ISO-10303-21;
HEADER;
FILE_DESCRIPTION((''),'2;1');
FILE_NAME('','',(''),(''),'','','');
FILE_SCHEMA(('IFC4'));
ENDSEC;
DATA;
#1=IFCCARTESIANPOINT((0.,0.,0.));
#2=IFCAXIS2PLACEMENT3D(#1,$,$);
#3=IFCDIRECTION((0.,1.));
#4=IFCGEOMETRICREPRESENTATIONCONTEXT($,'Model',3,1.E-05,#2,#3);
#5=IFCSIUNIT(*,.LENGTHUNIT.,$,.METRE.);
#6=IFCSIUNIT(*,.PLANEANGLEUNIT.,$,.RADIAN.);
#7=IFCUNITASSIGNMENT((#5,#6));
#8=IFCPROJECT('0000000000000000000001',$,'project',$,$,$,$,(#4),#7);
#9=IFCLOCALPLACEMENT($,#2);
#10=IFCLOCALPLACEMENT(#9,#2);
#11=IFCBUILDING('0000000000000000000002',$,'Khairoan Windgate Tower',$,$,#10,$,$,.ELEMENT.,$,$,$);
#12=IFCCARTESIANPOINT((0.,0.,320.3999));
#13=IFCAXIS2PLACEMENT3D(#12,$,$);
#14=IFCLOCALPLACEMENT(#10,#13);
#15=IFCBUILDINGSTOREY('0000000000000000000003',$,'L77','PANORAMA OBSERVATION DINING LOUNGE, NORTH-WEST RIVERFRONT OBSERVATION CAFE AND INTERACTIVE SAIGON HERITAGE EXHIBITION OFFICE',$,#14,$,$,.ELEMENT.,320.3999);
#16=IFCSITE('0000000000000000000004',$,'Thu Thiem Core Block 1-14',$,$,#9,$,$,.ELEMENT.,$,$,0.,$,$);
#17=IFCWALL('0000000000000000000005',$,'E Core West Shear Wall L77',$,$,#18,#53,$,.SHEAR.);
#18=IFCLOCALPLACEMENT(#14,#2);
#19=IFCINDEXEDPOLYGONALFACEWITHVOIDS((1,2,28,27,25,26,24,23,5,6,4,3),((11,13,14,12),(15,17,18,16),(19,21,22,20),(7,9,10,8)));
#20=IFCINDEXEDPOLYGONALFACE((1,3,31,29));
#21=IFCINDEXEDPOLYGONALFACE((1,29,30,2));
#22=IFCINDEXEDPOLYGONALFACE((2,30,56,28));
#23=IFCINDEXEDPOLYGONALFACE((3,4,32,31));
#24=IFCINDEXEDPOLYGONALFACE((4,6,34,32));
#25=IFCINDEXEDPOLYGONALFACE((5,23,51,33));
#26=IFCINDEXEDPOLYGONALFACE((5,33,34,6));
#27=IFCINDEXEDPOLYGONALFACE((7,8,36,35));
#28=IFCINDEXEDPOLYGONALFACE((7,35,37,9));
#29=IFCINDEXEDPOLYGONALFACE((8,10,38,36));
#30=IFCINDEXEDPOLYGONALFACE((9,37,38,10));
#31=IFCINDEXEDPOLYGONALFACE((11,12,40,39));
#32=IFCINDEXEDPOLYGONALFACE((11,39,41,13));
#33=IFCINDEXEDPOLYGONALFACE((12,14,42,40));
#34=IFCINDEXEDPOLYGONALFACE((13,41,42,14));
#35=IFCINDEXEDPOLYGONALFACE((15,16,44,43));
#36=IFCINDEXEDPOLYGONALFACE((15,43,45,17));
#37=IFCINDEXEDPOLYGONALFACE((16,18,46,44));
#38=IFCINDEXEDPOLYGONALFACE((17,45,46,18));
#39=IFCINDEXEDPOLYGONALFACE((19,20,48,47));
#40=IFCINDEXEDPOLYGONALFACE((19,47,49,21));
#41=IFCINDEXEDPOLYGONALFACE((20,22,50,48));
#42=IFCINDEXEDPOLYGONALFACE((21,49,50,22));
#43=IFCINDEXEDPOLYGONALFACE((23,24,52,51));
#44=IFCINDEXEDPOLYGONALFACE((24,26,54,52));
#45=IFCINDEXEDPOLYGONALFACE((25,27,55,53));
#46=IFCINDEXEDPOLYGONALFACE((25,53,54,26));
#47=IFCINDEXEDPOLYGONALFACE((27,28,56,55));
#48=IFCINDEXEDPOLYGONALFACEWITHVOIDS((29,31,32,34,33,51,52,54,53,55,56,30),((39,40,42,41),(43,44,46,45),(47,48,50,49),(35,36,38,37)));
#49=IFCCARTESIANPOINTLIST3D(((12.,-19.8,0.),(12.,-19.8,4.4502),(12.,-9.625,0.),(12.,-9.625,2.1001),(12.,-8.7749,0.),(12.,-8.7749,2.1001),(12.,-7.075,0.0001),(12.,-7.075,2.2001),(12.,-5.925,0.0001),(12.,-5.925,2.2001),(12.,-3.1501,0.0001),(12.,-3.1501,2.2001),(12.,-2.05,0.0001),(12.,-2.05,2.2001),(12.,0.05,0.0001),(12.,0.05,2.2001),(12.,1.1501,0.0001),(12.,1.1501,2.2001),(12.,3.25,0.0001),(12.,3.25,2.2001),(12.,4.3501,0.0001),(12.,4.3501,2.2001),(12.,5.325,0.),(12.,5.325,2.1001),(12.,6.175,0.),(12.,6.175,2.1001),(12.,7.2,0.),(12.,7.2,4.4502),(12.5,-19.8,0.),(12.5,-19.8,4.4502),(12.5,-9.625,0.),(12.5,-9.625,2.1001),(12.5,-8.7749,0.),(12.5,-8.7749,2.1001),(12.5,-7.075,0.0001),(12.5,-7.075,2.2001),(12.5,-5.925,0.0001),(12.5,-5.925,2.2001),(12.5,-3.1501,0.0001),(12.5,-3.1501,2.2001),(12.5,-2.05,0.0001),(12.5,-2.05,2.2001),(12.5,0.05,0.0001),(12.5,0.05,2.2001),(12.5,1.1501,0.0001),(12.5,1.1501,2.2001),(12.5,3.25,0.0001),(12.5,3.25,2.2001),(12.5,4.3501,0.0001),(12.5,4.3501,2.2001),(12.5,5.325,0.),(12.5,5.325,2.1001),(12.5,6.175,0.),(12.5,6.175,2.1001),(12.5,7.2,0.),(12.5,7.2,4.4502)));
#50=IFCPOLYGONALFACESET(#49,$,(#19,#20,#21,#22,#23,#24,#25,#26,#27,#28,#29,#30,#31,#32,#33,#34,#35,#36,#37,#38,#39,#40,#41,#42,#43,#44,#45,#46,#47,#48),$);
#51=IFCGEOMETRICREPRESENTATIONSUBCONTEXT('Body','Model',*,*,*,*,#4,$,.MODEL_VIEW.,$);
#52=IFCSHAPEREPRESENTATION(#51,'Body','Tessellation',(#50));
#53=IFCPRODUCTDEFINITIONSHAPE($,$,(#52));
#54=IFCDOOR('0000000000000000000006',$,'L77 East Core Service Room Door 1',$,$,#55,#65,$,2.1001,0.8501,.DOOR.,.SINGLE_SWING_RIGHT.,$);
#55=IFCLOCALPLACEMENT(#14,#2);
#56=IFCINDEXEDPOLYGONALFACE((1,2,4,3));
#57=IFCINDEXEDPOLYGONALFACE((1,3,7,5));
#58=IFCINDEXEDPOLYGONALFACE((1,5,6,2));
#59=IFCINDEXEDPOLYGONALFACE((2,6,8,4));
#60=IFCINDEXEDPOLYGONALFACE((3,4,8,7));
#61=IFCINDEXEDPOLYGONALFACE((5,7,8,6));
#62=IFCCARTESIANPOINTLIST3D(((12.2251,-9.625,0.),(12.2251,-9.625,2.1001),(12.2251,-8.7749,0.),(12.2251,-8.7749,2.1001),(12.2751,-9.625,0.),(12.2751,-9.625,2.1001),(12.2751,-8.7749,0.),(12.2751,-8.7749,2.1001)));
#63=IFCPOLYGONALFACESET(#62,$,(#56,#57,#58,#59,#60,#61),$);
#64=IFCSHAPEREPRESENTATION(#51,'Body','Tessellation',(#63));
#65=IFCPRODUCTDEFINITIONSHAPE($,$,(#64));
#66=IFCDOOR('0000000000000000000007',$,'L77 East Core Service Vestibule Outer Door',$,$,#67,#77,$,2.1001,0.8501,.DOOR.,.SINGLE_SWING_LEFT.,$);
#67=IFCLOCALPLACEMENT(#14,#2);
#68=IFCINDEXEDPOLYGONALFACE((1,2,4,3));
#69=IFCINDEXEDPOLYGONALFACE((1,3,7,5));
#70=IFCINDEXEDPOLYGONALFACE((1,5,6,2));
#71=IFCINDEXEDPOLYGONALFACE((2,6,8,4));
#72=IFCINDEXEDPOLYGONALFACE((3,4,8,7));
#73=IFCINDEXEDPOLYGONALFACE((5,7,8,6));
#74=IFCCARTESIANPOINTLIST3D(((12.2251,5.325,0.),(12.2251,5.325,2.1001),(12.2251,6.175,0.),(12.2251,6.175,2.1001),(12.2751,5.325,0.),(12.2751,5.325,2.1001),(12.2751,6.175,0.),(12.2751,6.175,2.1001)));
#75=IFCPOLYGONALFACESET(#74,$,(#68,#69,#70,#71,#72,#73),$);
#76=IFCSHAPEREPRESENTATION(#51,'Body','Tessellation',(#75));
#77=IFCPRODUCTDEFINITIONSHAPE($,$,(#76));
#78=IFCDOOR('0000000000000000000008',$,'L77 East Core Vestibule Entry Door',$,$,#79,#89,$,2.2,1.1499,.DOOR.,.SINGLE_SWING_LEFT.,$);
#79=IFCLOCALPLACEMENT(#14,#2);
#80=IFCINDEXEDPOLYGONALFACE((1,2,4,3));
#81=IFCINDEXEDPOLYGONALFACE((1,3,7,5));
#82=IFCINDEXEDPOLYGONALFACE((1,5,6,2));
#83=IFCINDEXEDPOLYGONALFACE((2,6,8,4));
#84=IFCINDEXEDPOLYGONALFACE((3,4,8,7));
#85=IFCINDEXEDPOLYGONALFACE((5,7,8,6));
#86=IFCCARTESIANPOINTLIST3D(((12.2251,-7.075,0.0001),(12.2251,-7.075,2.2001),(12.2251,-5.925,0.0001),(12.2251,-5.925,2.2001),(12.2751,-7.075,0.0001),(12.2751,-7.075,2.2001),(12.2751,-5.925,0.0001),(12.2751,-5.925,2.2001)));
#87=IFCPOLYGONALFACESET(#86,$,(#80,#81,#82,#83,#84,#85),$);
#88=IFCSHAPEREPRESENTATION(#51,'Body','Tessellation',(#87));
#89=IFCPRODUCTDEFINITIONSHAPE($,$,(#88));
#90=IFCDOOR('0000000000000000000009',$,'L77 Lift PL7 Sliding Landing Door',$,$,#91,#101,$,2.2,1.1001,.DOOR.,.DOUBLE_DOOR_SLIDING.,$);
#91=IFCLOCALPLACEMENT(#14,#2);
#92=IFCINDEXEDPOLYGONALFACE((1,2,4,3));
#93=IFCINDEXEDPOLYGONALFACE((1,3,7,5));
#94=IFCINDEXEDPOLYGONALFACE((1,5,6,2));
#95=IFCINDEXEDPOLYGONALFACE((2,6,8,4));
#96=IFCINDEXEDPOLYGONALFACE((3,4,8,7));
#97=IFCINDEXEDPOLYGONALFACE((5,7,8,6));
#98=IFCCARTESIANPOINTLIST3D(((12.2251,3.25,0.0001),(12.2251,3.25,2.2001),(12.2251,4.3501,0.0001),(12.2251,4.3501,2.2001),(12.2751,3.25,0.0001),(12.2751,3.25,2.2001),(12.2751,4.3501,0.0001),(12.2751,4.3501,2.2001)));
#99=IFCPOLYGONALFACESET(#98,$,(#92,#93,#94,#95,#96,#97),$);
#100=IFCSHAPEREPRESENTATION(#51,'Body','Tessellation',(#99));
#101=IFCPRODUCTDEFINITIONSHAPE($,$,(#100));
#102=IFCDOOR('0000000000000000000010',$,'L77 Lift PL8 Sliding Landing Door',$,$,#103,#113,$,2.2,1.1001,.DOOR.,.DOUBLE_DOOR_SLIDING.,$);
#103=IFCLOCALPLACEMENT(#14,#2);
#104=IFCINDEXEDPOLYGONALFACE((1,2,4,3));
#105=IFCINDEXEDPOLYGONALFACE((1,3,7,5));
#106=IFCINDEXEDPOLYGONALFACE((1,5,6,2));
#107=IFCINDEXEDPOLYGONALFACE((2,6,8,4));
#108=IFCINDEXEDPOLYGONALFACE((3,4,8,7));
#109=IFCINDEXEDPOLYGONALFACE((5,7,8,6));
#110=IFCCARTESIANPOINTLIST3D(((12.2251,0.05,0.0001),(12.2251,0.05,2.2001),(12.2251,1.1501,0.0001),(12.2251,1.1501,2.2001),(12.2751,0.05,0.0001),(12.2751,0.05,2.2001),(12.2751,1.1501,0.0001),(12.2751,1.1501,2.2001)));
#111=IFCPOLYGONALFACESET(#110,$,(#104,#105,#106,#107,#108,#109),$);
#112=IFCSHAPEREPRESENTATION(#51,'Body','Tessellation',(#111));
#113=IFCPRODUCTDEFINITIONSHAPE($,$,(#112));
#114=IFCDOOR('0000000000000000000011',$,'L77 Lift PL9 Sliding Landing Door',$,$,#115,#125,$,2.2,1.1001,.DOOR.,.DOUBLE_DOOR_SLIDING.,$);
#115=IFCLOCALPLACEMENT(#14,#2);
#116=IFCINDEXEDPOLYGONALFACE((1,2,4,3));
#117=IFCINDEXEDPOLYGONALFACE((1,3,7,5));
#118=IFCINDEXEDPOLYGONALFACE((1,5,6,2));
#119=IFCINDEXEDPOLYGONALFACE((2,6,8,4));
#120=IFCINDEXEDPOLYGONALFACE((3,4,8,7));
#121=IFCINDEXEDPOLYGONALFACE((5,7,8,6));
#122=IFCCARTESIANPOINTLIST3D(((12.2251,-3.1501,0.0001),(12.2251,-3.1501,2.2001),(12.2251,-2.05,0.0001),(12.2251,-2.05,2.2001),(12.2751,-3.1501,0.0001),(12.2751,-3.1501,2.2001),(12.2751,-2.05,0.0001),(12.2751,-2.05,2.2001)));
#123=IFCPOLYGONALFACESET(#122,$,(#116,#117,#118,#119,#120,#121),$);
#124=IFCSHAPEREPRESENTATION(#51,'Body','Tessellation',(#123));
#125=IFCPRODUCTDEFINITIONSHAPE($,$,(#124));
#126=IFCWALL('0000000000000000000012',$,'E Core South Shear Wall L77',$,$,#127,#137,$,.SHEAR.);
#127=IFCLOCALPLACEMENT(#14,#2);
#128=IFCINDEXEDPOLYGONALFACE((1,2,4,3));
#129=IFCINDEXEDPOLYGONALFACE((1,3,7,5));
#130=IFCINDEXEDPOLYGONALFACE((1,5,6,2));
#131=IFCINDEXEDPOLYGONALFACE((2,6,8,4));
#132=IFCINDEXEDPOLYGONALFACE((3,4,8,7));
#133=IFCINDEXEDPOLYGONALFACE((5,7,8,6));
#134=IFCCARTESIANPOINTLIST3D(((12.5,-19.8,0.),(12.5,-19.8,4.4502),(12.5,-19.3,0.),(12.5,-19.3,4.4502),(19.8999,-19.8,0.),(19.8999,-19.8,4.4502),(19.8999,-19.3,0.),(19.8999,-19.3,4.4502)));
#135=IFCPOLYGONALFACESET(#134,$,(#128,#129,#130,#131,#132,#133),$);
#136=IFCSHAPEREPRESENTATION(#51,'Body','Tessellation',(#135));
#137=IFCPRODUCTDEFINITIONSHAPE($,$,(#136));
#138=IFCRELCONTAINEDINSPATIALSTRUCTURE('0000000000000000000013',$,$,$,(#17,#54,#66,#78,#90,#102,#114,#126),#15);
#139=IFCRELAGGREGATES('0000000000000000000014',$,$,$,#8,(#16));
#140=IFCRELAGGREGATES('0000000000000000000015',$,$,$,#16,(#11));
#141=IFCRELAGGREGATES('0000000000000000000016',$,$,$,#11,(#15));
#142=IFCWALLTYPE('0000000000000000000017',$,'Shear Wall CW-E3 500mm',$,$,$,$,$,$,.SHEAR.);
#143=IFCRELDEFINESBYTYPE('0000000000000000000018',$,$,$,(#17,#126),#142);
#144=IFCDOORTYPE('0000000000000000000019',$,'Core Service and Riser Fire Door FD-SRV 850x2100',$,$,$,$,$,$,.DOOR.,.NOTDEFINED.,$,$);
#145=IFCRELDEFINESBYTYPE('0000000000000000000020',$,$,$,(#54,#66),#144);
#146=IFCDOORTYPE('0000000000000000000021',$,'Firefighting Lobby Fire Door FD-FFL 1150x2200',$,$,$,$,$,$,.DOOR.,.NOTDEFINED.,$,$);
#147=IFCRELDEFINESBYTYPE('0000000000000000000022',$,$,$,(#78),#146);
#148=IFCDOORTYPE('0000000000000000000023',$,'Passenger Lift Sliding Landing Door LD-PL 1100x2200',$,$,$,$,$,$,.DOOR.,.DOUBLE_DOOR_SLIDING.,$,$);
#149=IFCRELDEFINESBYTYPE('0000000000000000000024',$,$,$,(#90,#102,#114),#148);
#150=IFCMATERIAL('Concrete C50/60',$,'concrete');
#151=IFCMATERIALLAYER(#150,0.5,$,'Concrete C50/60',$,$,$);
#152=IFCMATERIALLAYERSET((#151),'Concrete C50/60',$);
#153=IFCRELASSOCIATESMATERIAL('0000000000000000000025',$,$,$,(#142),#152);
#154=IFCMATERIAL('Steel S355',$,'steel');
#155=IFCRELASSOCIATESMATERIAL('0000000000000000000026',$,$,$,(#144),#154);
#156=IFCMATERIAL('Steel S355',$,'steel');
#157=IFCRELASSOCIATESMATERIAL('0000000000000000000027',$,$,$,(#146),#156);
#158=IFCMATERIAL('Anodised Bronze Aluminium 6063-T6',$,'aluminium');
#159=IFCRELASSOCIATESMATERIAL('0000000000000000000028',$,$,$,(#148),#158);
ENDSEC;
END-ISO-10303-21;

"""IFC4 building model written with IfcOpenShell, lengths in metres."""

from ifc_helpers import new_model, si_unit, direction, frame, frame_2d, origin, place, context, subcontext, project, spatial, rectangle, extrude, material, layer, layer_set, type_object, element, fill, save


model = new_model("IFC4")

# Units and contexts
model_context = context("Model", 3, precision=1e-05, world=origin(), true_north=direction((0.0, 1.0)))
body_context = subcontext(model_context, "Body", "Model", "MODEL_VIEW")
ifc_project = project(units=[si_unit("LENGTHUNIT", "METRE"), si_unit("PLANEANGLEUNIT", "RADIAN")], contexts=[model_context])

# Site, building, storey
site_placement = place(None, origin())
site = spatial("IfcSite", under=ifc_project, at=site_placement, Name="Thu Thiem Core Block 1-14", CompositionType="ELEMENT", RefElevation=0.0)
building_placement = place(site_placement, origin())
building = spatial("IfcBuilding", under=site, at=building_placement, Name="Khairoan Windgate Tower", CompositionType="ELEMENT")
storey_placement = place(building_placement, frame((0.0, 0.0, 320.3999)))
storey = spatial("IfcBuildingStorey", under=building, at=storey_placement, Name="L77", Description="PANORAMA OBSERVATION DINING LOUNGE, NORTH-WEST RIVERFRONT OBSERVATION CAFE AND INTERACTIVE SAIGON HERITAGE EXHIBITION OFFICE", CompositionType="ELEMENT", Elevation=320.3999)

# Wall, openings, doors
ifc_material_1 = material(Name="Concrete C50/60", Category="concrete")
ifc_layer_1 = layer(ifc_material_1, 0.5, Name="Concrete C50/60")
ifc_layer_set_1 = layer_set([ifc_layer_1], Name="Concrete C50/60")
wall_type_1 = type_object("IfcWallType", Name="Shear Wall CW-E3 500mm", PredefinedType="SHEAR", material=ifc_layer_set_1)
wall_1_placement = place(storey_placement, frame((12.25, -19.8, 0.0), z_axis=(0.0, 0.0, 1.0), x_axis=(0.0, 1.0, 0.0)))
wall_1 = element("IfcWall", 1, at=wall_1_placement, inside=storey, type_object=wall_type_1, Name="E Core West Shear Wall L77", PredefinedType="SHEAR", context=body_context, shape_type="SweptSolid", body=[
    extrude(rectangle(XDim=27.0, YDim=0.5, at=frame_2d((13.5, 0.0))), origin(), (0.0, 0.0, 1.0), 4.4502),
])
opening_1_placement = place(wall_1_placement, frame((23.05, 0.0, 0.0)))
opening_1 = element("IfcOpeningElement", 2, at=opening_1_placement, cuts=wall_1, PredefinedType="OPENING", context=body_context, shape_type="SweptSolid", body=[
    extrude(rectangle(XDim=1.1001, YDim=2.2, at=frame_2d((0.55, 1.1001))), frame((0.0, 0.26, 0.0), z_axis=(0.0, -1.0, 0.0), x_axis=(1.0, 0.0, 0.0)), (0.0, 0.0, 1.0), 0.52),
])
opening_2_placement = place(wall_1_placement, frame((19.8501, 0.0, 0.0)))
opening_2 = element("IfcOpeningElement", 3, at=opening_2_placement, cuts=wall_1, PredefinedType="OPENING", context=body_context, shape_type="SweptSolid", body=[
    extrude(rectangle(XDim=1.1001, YDim=2.2, at=frame_2d((0.55, 1.1001))), frame((0.0, 0.26, 0.0), z_axis=(0.0, -1.0, 0.0), x_axis=(1.0, 0.0, 0.0)), (0.0, 0.0, 1.0), 0.52),
])
opening_3_placement = place(wall_1_placement, frame((16.6499, 0.0, 0.0)))
opening_3 = element("IfcOpeningElement", 4, at=opening_3_placement, cuts=wall_1, PredefinedType="OPENING", context=body_context, shape_type="SweptSolid", body=[
    extrude(rectangle(XDim=1.1001, YDim=2.2, at=frame_2d((0.55, 1.1001))), frame((0.0, 0.26, 0.0), z_axis=(0.0, -1.0, 0.0), x_axis=(1.0, 0.0, 0.0)), (0.0, 0.0, 1.0), 0.52),
])
opening_4_placement = place(wall_1_placement, frame((10.175, 0.0, 0.0)))
opening_4 = element("IfcOpeningElement", 5, at=opening_4_placement, cuts=wall_1, PredefinedType="OPENING", context=body_context, shape_type="SweptSolid", body=[
    extrude(rectangle(XDim=0.8501, YDim=2.1001, at=frame_2d((0.425, 1.05))), frame((0.0, 0.26, 0.0), z_axis=(0.0, -1.0, 0.0), x_axis=(1.0, 0.0, 0.0)), (0.0, 0.0, 1.0), 0.52),
])
opening_5_placement = place(wall_1_placement, frame((12.7251, 0.0, 0.0)))
opening_5 = element("IfcOpeningElement", 6, at=opening_5_placement, cuts=wall_1, PredefinedType="OPENING", context=body_context, shape_type="SweptSolid", body=[
    extrude(rectangle(XDim=1.1499, YDim=2.2, at=frame_2d((0.575, 1.1001))), frame((0.0, 0.26, 0.0), z_axis=(0.0, -1.0, 0.0), x_axis=(1.0, 0.0, 0.0)), (0.0, 0.0, 1.0), 0.52),
])
opening_6_placement = place(wall_1_placement, frame((25.125, 0.0, 0.0)))
opening_6 = element("IfcOpeningElement", 7, at=opening_6_placement, cuts=wall_1, PredefinedType="OPENING", context=body_context, shape_type="SweptSolid", body=[
    extrude(rectangle(XDim=0.8501, YDim=2.1001, at=frame_2d((0.425, 1.05))), frame((0.0, 0.26, 0.0), z_axis=(0.0, -1.0, 0.0), x_axis=(1.0, 0.0, 0.0)), (0.0, 0.0, 1.0), 0.52),
])
ifc_material_2 = material(Name="Steel S355", Category="steel")
door_type_1 = type_object("IfcDoorType", Name="Core Service and Riser Fire Door FD-SRV 850x2100", OperationType="NOTDEFINED", PredefinedType="DOOR", material=ifc_material_2)
door_1_placement = place(opening_4_placement, origin())
door_1 = element("IfcDoor", 8, at=door_1_placement, inside=storey, type_object=door_type_1, Name="L77 East Core Service Room Door 1", OperationType="SINGLE_SWING_RIGHT", OverallHeight=2.1001, OverallWidth=0.8501, PredefinedType="DOOR", context=body_context, shape_type="SweptSolid", body=[
    extrude(rectangle(XDim=0.8501, YDim=2.1001, at=frame_2d((0.425, 1.05))), frame((0.0, 0.0249, 0.0), z_axis=(0.0, -1.0, 0.0), x_axis=(1.0, 0.0, 0.0)), (0.0, 0.0, 1.0), 0.05),
])
fill(opening_4, door_1)
door_2_placement = place(opening_6_placement, origin())
door_2 = element("IfcDoor", 9, at=door_2_placement, inside=storey, type_object=door_type_1, Name="L77 East Core Service Vestibule Outer Door", OperationType="SINGLE_SWING_LEFT", OverallHeight=2.1001, OverallWidth=0.8501, PredefinedType="DOOR", context=body_context, shape_type="SweptSolid", body=[
    extrude(rectangle(XDim=0.8501, YDim=2.1001, at=frame_2d((0.425, 1.05))), frame((0.0, 0.0249, 0.0), z_axis=(0.0, -1.0, 0.0), x_axis=(1.0, 0.0, 0.0)), (0.0, 0.0, 1.0), 0.05),
])
fill(opening_6, door_2)
ifc_material_3 = material(Name="Steel S355", Category="steel")
door_type_2 = type_object("IfcDoorType", Name="Firefighting Lobby Fire Door FD-FFL 1150x2200", OperationType="NOTDEFINED", PredefinedType="DOOR", material=ifc_material_3)
door_3_placement = place(opening_5_placement, origin())
door_3 = element("IfcDoor", 10, at=door_3_placement, inside=storey, type_object=door_type_2, Name="L77 East Core Vestibule Entry Door", OperationType="SINGLE_SWING_LEFT", OverallHeight=2.2, OverallWidth=1.1499, PredefinedType="DOOR", context=body_context, shape_type="SweptSolid", body=[
    extrude(rectangle(XDim=1.1499, YDim=2.2, at=frame_2d((0.575, 1.1001))), frame((0.0, 0.0249, 0.0), z_axis=(0.0, -1.0, 0.0), x_axis=(1.0, 0.0, 0.0)), (0.0, 0.0, 1.0), 0.05),
])
fill(opening_5, door_3)
ifc_material_4 = material(Name="Anodised Bronze Aluminium 6063-T6", Category="aluminium")
door_type_3 = type_object("IfcDoorType", Name="Passenger Lift Sliding Landing Door LD-PL 1100x2200", OperationType="DOUBLE_DOOR_SLIDING", PredefinedType="DOOR", material=ifc_material_4)
door_4_placement = place(opening_1_placement, origin())
door_4 = element("IfcDoor", 11, at=door_4_placement, inside=storey, type_object=door_type_3, Name="L77 Lift PL7 Sliding Landing Door", OperationType="DOUBLE_DOOR_SLIDING", OverallHeight=2.2, OverallWidth=1.1001, PredefinedType="DOOR", context=body_context, shape_type="SweptSolid", body=[
    extrude(rectangle(XDim=1.1001, YDim=2.2, at=frame_2d((0.55, 1.1001))), frame((0.0, 0.0249, 0.0), z_axis=(0.0, -1.0, 0.0), x_axis=(1.0, 0.0, 0.0)), (0.0, 0.0, 1.0), 0.05),
])
fill(opening_1, door_4)
door_5_placement = place(opening_2_placement, origin())
door_5 = element("IfcDoor", 12, at=door_5_placement, inside=storey, type_object=door_type_3, Name="L77 Lift PL8 Sliding Landing Door", OperationType="DOUBLE_DOOR_SLIDING", OverallHeight=2.2, OverallWidth=1.1001, PredefinedType="DOOR", context=body_context, shape_type="SweptSolid", body=[
    extrude(rectangle(XDim=1.1001, YDim=2.2, at=frame_2d((0.55, 1.1001))), frame((0.0, 0.0249, 0.0), z_axis=(0.0, -1.0, 0.0), x_axis=(1.0, 0.0, 0.0)), (0.0, 0.0, 1.0), 0.05),
])
fill(opening_2, door_5)
door_6_placement = place(opening_3_placement, origin())
door_6 = element("IfcDoor", 13, at=door_6_placement, inside=storey, type_object=door_type_3, Name="L77 Lift PL9 Sliding Landing Door", OperationType="DOUBLE_DOOR_SLIDING", OverallHeight=2.2, OverallWidth=1.1001, PredefinedType="DOOR", context=body_context, shape_type="SweptSolid", body=[
    extrude(rectangle(XDim=1.1001, YDim=2.2, at=frame_2d((0.55, 1.1001))), frame((0.0, 0.0249, 0.0), z_axis=(0.0, -1.0, 0.0), x_axis=(1.0, 0.0, 0.0)), (0.0, 0.0, 1.0), 0.05),
])
fill(opening_3, door_6)

# Wall
wall_2_placement = place(storey_placement, frame((12.5, -19.55, 0.0), z_axis=(0.0, 0.0, 1.0), x_axis=(1.0, 0.0, 0.0)))
element("IfcWall", 14, at=wall_2_placement, inside=storey, type_object=wall_type_1, Name="E Core South Shear Wall L77", PredefinedType="SHEAR", context=body_context, shape_type="SweptSolid", body=[
    extrude(rectangle(XDim=7.3999, YDim=0.5, at=frame_2d((3.7, 0.0))), origin(), (0.0, 0.0, 1.0), 4.4502),
])

save(model, "model.ifc")
